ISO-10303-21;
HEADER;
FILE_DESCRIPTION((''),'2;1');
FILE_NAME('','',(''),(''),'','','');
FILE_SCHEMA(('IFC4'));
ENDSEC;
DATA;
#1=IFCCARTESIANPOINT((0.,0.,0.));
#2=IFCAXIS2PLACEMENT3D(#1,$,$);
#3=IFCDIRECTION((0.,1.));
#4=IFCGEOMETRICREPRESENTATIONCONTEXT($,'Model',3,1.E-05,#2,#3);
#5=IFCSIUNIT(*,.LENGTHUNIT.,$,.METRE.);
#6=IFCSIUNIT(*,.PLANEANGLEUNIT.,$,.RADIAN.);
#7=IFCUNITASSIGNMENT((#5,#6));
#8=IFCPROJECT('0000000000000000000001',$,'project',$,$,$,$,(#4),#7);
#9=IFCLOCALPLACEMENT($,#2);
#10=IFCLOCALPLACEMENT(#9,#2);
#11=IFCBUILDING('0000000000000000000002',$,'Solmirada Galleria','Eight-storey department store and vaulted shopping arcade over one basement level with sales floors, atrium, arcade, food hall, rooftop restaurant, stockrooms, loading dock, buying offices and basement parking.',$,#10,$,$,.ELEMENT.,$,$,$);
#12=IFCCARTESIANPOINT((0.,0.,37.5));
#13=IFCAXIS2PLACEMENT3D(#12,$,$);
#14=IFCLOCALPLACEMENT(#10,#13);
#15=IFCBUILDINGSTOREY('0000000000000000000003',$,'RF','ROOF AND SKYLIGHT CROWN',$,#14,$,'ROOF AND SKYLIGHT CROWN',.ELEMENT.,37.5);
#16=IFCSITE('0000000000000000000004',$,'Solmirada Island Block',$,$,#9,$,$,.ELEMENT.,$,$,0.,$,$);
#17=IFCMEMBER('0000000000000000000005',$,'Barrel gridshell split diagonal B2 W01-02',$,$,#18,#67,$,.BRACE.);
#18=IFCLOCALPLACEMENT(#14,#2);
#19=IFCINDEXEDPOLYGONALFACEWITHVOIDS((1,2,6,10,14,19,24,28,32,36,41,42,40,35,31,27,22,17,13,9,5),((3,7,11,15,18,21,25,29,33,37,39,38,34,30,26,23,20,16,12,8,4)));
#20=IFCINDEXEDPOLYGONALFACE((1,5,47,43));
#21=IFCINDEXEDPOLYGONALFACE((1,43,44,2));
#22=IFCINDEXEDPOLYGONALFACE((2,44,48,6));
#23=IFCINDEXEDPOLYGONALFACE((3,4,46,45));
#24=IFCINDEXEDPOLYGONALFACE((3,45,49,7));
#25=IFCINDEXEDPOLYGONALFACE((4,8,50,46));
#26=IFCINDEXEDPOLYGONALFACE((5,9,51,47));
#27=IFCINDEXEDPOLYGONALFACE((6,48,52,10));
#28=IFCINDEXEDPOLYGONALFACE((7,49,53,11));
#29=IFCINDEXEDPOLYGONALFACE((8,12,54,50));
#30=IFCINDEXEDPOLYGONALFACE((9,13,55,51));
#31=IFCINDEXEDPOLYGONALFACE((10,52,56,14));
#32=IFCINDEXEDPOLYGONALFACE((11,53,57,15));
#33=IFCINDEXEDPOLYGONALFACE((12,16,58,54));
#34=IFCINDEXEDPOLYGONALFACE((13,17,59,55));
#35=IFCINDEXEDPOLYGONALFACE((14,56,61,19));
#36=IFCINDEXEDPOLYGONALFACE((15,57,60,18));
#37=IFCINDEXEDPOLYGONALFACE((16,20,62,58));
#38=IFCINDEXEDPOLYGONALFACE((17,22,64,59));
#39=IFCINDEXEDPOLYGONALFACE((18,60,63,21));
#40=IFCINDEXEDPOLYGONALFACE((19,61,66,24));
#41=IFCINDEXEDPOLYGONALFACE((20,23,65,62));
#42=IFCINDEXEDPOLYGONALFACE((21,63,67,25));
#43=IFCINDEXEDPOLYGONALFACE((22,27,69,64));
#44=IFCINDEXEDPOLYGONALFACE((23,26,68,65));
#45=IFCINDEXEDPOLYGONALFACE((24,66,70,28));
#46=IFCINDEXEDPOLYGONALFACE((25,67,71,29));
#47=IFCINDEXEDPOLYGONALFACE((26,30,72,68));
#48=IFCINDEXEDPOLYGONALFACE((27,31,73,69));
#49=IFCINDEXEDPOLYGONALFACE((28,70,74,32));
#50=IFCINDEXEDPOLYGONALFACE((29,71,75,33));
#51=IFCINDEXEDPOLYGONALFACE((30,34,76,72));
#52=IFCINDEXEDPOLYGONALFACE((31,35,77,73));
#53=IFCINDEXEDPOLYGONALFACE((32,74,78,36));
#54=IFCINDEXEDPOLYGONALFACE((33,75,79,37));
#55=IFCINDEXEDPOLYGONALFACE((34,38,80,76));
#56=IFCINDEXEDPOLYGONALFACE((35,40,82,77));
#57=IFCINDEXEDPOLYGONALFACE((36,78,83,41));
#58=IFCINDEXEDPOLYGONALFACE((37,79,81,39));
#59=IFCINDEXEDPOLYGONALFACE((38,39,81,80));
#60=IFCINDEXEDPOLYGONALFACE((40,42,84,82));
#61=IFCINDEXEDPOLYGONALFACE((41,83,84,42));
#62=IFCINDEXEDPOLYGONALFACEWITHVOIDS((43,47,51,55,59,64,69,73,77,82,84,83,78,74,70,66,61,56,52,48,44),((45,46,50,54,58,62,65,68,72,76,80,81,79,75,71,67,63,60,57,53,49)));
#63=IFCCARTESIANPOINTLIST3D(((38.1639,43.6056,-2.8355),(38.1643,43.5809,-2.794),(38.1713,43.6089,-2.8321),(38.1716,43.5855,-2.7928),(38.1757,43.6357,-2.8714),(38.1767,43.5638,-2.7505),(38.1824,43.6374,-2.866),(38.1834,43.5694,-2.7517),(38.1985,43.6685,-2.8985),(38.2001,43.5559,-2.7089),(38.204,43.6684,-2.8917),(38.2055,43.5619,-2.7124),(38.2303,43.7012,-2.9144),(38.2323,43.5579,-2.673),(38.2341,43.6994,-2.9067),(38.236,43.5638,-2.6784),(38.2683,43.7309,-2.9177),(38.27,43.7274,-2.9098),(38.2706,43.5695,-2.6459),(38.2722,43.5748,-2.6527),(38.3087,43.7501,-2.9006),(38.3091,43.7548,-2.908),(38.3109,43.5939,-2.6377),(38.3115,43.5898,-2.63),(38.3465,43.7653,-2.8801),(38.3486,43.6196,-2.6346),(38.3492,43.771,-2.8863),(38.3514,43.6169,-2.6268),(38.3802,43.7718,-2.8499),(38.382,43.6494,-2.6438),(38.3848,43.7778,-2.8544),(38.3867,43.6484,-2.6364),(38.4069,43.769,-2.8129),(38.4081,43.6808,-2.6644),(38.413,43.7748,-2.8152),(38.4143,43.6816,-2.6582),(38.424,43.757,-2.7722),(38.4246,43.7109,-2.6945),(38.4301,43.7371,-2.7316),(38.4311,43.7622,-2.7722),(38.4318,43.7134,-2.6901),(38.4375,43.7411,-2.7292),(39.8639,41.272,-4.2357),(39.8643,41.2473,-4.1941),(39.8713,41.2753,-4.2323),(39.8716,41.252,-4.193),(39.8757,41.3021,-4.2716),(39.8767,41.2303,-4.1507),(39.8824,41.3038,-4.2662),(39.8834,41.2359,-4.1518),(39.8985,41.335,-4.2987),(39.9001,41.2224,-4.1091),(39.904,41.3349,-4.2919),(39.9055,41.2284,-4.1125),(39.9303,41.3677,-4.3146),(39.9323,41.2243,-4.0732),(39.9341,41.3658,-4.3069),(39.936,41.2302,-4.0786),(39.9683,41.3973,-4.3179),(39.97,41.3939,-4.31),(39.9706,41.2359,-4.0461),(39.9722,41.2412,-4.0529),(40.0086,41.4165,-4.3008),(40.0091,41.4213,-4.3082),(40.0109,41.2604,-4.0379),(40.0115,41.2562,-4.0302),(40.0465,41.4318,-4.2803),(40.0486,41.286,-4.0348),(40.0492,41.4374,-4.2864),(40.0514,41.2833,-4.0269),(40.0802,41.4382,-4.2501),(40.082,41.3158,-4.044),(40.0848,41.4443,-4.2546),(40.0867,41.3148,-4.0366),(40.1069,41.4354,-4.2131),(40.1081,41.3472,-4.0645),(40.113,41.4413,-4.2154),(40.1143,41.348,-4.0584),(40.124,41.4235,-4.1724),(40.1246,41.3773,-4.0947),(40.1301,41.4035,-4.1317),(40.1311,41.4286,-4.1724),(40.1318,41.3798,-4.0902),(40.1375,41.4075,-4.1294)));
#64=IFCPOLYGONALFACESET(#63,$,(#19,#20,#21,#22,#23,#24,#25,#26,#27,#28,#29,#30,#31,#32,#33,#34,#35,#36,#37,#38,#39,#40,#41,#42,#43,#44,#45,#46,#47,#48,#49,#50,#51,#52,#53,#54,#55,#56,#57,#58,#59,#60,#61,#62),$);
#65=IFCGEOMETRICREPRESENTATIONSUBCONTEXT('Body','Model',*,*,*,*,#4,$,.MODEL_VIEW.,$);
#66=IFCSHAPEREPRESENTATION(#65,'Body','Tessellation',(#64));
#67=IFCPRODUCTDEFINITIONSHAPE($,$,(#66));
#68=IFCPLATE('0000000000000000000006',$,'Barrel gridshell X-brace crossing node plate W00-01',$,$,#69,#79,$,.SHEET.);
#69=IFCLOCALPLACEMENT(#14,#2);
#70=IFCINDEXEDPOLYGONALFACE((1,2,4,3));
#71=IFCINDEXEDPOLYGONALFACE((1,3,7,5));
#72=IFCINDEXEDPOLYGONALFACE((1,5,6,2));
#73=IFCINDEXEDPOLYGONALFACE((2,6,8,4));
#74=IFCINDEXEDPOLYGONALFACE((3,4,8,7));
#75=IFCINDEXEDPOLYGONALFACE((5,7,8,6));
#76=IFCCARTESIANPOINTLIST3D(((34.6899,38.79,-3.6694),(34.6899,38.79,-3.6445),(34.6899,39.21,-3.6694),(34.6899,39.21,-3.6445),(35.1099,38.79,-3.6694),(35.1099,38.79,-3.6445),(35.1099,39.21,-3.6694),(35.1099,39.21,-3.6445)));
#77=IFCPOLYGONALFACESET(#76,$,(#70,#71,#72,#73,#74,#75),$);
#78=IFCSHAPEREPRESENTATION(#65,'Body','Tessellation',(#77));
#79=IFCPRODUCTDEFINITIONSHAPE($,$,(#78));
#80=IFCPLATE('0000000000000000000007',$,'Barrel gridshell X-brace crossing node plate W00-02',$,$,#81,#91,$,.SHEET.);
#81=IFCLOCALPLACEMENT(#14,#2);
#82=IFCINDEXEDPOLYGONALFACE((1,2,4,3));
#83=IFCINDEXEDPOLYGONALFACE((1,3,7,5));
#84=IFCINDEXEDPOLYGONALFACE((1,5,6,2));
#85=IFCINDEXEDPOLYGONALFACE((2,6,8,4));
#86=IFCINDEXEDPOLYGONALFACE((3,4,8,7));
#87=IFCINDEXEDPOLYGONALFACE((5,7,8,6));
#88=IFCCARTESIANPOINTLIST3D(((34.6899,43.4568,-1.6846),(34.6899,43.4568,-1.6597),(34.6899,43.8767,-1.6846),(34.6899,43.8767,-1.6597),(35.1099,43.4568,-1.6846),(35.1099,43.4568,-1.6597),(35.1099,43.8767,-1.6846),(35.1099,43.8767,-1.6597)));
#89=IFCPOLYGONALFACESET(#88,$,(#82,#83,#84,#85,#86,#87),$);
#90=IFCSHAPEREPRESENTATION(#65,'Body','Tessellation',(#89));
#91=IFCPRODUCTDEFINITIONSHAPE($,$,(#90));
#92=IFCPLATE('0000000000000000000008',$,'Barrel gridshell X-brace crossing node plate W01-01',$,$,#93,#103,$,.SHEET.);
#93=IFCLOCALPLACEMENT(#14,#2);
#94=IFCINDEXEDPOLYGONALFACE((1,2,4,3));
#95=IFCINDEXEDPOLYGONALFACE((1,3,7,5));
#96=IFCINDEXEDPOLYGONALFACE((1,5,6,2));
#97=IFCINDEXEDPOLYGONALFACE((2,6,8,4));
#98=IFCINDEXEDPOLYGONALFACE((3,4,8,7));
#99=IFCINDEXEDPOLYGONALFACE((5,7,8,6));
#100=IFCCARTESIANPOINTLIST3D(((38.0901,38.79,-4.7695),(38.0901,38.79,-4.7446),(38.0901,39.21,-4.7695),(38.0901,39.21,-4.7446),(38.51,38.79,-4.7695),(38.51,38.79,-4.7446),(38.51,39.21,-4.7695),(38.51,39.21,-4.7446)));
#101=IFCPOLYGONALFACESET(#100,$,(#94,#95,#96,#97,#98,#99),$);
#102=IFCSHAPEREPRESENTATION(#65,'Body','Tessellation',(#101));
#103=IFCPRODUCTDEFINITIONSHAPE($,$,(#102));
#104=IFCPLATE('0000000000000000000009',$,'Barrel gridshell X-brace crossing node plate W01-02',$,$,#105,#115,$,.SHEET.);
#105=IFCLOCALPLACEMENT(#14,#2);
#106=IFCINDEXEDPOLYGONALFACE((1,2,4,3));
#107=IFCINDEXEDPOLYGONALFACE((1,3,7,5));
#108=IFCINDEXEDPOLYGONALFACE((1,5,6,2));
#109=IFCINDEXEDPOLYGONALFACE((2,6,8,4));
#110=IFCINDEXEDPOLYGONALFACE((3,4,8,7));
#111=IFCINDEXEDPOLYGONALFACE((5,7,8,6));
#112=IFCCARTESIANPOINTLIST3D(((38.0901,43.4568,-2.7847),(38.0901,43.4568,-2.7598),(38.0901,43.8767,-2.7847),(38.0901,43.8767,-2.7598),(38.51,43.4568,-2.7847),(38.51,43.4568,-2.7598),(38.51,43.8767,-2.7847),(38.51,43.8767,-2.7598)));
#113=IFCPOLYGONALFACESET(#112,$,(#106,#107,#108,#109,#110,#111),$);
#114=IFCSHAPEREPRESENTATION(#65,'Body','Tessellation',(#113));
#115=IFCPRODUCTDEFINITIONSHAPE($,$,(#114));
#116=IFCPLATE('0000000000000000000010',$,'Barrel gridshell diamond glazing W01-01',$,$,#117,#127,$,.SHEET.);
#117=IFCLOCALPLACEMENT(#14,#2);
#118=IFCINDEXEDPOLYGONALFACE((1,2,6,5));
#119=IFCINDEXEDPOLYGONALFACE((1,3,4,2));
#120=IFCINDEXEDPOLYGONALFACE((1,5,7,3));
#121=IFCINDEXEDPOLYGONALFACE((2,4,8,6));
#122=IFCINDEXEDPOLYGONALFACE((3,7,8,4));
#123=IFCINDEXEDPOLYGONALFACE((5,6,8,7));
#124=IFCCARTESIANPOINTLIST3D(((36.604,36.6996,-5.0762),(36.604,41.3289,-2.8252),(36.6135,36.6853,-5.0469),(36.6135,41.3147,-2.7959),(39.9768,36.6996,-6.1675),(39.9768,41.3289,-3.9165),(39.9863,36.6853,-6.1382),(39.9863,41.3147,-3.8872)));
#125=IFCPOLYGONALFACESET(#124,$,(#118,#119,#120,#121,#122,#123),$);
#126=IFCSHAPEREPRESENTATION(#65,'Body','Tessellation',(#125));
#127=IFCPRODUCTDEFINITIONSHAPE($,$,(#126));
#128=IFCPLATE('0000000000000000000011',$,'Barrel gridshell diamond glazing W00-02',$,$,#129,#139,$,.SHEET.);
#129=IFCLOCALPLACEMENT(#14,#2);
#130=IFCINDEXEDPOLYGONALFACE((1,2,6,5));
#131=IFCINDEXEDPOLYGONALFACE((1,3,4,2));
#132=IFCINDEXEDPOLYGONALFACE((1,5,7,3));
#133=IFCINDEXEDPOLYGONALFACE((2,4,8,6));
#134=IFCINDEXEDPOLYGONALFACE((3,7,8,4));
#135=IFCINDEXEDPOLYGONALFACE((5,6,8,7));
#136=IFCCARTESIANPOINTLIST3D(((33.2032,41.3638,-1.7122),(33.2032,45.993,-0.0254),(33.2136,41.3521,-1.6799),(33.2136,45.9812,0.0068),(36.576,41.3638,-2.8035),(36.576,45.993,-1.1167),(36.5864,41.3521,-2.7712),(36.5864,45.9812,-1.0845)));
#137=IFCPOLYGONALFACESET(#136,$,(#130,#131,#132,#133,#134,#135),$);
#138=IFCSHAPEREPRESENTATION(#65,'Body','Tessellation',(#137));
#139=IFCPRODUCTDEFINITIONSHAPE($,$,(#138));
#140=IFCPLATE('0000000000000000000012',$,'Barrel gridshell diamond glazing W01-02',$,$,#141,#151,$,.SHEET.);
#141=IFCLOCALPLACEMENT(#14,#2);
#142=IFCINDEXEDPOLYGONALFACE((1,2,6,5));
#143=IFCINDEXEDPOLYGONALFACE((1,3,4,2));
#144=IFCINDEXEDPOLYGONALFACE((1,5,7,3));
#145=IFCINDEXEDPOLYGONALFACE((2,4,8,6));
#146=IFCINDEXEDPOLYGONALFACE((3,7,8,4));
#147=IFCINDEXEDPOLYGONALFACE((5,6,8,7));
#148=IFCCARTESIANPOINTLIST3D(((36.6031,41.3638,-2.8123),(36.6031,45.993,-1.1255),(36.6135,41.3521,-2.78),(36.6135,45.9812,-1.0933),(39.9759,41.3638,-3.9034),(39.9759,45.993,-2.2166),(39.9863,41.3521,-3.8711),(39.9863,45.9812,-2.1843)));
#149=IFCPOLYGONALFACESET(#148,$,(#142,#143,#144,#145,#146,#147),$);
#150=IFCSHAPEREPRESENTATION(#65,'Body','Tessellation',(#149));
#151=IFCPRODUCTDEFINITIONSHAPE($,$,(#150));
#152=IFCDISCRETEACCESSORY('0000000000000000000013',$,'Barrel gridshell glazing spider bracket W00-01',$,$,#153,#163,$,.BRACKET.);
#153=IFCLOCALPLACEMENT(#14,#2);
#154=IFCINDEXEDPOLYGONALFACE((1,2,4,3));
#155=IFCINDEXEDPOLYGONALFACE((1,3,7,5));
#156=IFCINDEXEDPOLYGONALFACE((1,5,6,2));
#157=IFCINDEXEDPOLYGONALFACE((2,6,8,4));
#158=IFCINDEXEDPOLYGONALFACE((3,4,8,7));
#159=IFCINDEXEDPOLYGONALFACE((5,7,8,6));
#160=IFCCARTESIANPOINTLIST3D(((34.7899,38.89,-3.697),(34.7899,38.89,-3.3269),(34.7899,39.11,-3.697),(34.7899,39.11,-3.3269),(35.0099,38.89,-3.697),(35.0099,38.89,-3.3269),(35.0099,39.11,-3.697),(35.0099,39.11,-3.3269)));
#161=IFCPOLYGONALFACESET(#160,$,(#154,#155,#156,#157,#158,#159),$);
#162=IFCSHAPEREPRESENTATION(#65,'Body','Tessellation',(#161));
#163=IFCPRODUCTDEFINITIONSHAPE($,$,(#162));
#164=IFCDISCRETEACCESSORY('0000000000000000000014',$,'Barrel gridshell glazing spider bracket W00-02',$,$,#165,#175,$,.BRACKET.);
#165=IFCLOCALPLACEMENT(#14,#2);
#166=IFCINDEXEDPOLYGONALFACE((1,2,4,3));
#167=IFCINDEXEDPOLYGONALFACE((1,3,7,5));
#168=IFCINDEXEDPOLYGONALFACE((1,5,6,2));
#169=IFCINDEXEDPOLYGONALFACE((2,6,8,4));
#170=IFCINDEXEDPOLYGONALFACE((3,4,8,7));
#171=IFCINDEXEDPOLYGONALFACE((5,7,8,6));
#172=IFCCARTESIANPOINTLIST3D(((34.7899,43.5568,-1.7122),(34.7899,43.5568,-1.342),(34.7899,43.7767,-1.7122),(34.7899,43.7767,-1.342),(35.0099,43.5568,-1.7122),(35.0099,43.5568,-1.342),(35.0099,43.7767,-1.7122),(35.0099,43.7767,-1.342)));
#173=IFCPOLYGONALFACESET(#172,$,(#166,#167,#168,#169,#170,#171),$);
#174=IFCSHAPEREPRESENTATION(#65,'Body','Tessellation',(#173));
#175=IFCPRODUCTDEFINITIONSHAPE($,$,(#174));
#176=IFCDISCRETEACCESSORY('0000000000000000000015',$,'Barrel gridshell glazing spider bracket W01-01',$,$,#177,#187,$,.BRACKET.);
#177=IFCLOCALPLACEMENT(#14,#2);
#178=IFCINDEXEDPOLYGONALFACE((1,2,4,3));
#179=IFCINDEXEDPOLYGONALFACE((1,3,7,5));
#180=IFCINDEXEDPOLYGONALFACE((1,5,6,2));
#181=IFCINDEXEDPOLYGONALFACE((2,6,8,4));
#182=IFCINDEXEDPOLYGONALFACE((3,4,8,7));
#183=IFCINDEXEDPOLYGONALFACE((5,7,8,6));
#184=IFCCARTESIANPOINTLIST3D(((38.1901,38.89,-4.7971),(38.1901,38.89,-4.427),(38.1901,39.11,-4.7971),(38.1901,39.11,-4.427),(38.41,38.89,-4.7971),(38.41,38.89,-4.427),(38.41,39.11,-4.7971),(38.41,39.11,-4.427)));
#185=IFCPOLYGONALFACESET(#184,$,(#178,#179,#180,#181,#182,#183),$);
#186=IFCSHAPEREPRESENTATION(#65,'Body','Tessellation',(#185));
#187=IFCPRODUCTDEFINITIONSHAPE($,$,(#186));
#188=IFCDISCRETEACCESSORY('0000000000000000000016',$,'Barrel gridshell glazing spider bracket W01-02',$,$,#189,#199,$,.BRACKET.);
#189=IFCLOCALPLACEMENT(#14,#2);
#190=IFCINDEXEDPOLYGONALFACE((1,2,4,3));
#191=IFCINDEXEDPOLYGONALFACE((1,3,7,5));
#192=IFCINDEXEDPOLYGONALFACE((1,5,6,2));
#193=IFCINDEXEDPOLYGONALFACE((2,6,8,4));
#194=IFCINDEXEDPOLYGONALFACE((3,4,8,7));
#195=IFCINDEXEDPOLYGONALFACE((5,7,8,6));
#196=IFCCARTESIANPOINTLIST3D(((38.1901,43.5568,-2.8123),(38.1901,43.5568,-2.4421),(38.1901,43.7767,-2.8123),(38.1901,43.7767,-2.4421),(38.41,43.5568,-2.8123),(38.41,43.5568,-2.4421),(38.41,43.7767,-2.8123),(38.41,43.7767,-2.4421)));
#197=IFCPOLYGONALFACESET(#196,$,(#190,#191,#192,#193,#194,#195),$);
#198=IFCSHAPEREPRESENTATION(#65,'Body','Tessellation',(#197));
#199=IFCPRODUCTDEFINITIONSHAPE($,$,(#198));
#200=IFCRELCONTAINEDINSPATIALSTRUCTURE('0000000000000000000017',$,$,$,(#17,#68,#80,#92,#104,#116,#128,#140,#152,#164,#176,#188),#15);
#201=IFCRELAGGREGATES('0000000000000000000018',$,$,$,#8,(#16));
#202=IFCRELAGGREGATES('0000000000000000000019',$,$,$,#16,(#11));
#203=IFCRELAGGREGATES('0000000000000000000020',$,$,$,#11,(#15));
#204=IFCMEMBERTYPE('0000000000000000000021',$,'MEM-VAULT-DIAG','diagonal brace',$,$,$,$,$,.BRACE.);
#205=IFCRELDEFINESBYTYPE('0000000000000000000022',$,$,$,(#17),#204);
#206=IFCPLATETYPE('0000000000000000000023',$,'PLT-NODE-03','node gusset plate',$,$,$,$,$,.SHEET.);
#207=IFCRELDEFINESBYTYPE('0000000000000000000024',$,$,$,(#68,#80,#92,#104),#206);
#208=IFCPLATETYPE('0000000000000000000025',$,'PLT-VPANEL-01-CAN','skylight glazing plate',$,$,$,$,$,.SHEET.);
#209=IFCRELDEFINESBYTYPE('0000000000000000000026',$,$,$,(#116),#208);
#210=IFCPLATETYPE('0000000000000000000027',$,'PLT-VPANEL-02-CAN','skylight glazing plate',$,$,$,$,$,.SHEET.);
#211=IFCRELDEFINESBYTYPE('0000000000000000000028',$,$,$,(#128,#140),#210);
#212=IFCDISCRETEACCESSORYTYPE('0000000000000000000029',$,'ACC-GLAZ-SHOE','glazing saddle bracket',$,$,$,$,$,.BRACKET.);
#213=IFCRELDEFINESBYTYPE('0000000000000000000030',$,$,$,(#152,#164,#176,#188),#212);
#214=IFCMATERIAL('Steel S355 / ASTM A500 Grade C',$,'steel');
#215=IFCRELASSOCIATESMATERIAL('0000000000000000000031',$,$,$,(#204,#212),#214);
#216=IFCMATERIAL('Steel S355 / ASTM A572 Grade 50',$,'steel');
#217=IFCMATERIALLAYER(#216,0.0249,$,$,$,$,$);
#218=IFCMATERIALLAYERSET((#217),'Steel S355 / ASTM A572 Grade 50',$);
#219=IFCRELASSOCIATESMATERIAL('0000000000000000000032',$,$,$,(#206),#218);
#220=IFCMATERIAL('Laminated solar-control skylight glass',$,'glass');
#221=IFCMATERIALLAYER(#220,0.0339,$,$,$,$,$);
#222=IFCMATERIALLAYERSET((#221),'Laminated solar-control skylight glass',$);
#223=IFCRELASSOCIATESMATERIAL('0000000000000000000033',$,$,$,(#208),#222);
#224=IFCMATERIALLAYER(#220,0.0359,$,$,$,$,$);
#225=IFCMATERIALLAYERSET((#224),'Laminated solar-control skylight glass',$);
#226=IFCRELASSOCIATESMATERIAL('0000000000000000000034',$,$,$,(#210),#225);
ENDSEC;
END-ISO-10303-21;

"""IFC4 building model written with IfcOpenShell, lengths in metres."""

from ifc_helpers import new_model, si_unit, direction, frame, origin, origin_2d, place, context, subcontext, project, spatial, polyline, rectangle, hollow_circle, outline, extrude, material, layer, layer_set, material_profile, profile_set, type_object, element, save


model = new_model("IFC4")

# Units and contexts
model_context = context("Model", 3, precision=1e-05, world=origin(), true_north=direction((0.0, 1.0)))
body_context = subcontext(model_context, "Body", "Model", "MODEL_VIEW")
ifc_project = project(units=[si_unit("LENGTHUNIT", "METRE"), si_unit("PLANEANGLEUNIT", "RADIAN")], contexts=[model_context])

# Site, building, storey
site_placement = place(None, origin())
site = spatial("IfcSite", under=ifc_project, at=site_placement, Name="Solmirada Island Block", CompositionType="ELEMENT", RefElevation=0.0)
building_placement = place(site_placement, origin())
building = spatial("IfcBuilding", under=site, at=building_placement, Name="Solmirada Galleria", Description="Eight-storey department store and vaulted shopping arcade over one basement level with sales floors, atrium, arcade, food hall, rooftop restaurant, stockrooms, loading dock, buying offices and basement parking.", CompositionType="ELEMENT")
storey_placement = place(building_placement, frame((0.0, 0.0, 37.5)))
storey = spatial("IfcBuildingStorey", under=building, at=storey_placement, Name="RF", Description="ROOF AND SKYLIGHT CROWN", LongName="ROOF AND SKYLIGHT CROWN", CompositionType="ELEMENT", Elevation=37.5)

# Member
ifc_material_1 = material(Name="Steel S355 / ASTM A500 Grade C", Category="steel")
ifc_material_profile_1 = material_profile(ifc_material_1, hollow_circle(Radius=0.1621, WallThickness=0.0088, at=origin_2d()), Name="HSS12.750X0.375")
ifc_profile_set_1 = profile_set([ifc_material_profile_1], Name="Steel S355 / ASTM A500 Grade C")
member_type_1 = type_object("IfcMemberType", Name="MEM-VAULT-DIAG", Description="diagonal brace", PredefinedType="BRACE", material=ifc_profile_set_1)
member_1_placement = place(storey_placement, frame((38.3, 43.6667, -2.7722), z_axis=(0.529802, -0.727251, -0.436366), x_axis=(0.808264, 0.58882, 0.0)))
element("IfcMember", 1, at=member_1_placement, inside=storey, type_object=member_type_1, Name="Barrel gridshell split diagonal B2 W01-02", PredefinedType="BRACE", context=body_context, shape_type="SweptSolid", body=[
    extrude(hollow_circle(Radius=0.1621, WallThickness=0.0088, at=origin_2d()), origin(), (0.0, 0.0, 1.0), 3.2087),
])

# Plates
ifc_material_2 = material(Name="Steel S355 / ASTM A572 Grade 50", Category="steel")
ifc_layer_1 = layer(ifc_material_2, 0.0249)
ifc_layer_set_1 = layer_set([ifc_layer_1], Name="Steel S355 / ASTM A572 Grade 50")
plate_type_1 = type_object("IfcPlateType", Name="PLT-NODE-03", Description="node gusset plate", PredefinedType="SHEET", material=ifc_layer_set_1)
for number, where, z_axis, x_axis, name in (
    (2, (34.8999, 39.0, -3.6694), (0.0, 0.0, 1.0), (1.0, 0.0, 0.0), "Barrel gridshell X-brace crossing node plate W00-01"),
    (3, (34.8999, 43.6667, -1.6846), (0.0, 0.0, 1.0), (1.0, 0.0, 0.0), "Barrel gridshell X-brace crossing node plate W00-02"),
    (4, (38.3, 39.0, -4.7695), (0.0, 0.0, 1.0), (1.0, 0.0, 0.0), "Barrel gridshell X-brace crossing node plate W01-01"),
    (5, (38.3, 43.6667, -2.7847), (0.0, 0.0, 1.0), (1.0, 0.0, 0.0), "Barrel gridshell X-brace crossing node plate W01-02"),
):
    element("IfcPlate", number, at=place(storey_placement, frame(where, z_axis=z_axis, x_axis=x_axis)), inside=storey, type_object=plate_type_1, Name=name, PredefinedType="SHEET", context=body_context, shape_type="SweptSolid", body=[
        extrude(rectangle(XDim=0.4199, YDim=0.4199, at=origin_2d()), origin(), (0.0, 0.0, 1.0), 0.0249),
    ])
ifc_material_3 = material(Name="Laminated solar-control skylight glass", Category="glass")
ifc_layer_2 = layer(ifc_material_3, 0.0339)
ifc_layer_set_2 = layer_set([ifc_layer_2], Name="Laminated solar-control skylight glass")
plate_type_2 = type_object("IfcPlateType", Name="PLT-VPANEL-01-CAN", Description="skylight glazing plate", PredefinedType="SHEET", material=ifc_layer_set_2)
plate_1_placement = place(storey_placement, frame((36.6135, 36.6853, -5.0469), z_axis=(0.279398, -0.419869, 0.863509), x_axis=(0.951436, 0.0, -0.307848)))
element("IfcPlate", 6, at=plate_1_placement, inside=storey, type_object=plate_type_2, Name="Barrel gridshell diamond glazing W01-01", PredefinedType="SHEET", context=body_context, shape_type="SweptSolid", body=[
    extrude(outline(polyline([(0.0, 0.0), (3.545, 0.0), (2.852, 5.1008), (-0.693, 5.1008), (0.0, 0.0)])), origin(), (0.0, 0.0, -1.0), 0.0339),
])
ifc_layer_3 = layer(ifc_material_3, 0.0359)
ifc_layer_set_3 = layer_set([ifc_layer_3], Name="Laminated solar-control skylight glass")
plate_type_3 = type_object("IfcPlateType", Name="PLT-VPANEL-02-CAN", Description="skylight glazing plate", PredefinedType="SHEET", material=ifc_layer_set_3)
plate_2_placement = place(storey_placement, frame((33.2136, 41.3521, -1.6799), z_axis=(0.290864, -0.327558, 0.898946), x_axis=(0.951436, 0.0, -0.307848)))
element("IfcPlate", 7, at=plate_2_placement, inside=storey, type_object=plate_type_3, Name="Barrel gridshell diamond glazing W00-02", PredefinedType="SHEET", context=body_context, shape_type="SweptSolid", body=[
    extrude(outline(polyline([(0.0, 0.0), (3.545, 0.0), (3.0257, 4.8994), (-0.5193, 4.8994), (0.0, 0.0)])), origin(), (0.0, 0.0, -1.0), 0.0359),
])
plate_3_placement = place(storey_placement, frame((36.6135, 41.3521, -2.78), z_axis=(0.290805, -0.327564, 0.898963), x_axis=(0.951456, 0.0, -0.307785)))
element("IfcPlate", 8, at=plate_3_placement, inside=storey, type_object=plate_type_3, Name="Barrel gridshell diamond glazing W01-02", PredefinedType="SHEET", context=body_context, shape_type="SweptSolid", body=[
    extrude(outline(polyline([(0.0, 0.0), (3.5449, 0.0), (3.0257, 4.8995), (-0.5192, 4.8995), (0.0, 0.0)])), origin(), (0.0, 0.0, -1.0), 0.0359),
])

# Discrete accessories
discrete_accessory_type = type_object("IfcDiscreteAccessoryType", Name="ACC-GLAZ-SHOE", Description="glazing saddle bracket", PredefinedType="BRACKET", material=ifc_material_1)
for number, where, z_axis, x_axis, name in (
    (9, (34.8999, 39.0, -3.697), (0.0, 0.0, 1.0), (1.0, 0.0, 0.0), "Barrel gridshell glazing spider bracket W00-01"),
    (10, (34.8999, 43.6667, -1.7122), (0.0, 0.0, 1.0), (1.0, 0.0, 0.0), "Barrel gridshell glazing spider bracket W00-02"),
    (11, (38.3, 39.0, -4.7971), (0.0, 0.0, 1.0), (1.0, 0.0, 0.0), "Barrel gridshell glazing spider bracket W01-01"),
    (12, (38.3, 43.6667, -2.8123), (0.0, 0.0, 1.0), (1.0, 0.0, 0.0), "Barrel gridshell glazing spider bracket W01-02"),
):
    element("IfcDiscreteAccessory", number, at=place(storey_placement, frame(where, z_axis=z_axis, x_axis=x_axis)), inside=storey, type_object=discrete_accessory_type, Name=name, PredefinedType="BRACKET", context=body_context, shape_type="SweptSolid", body=[
        extrude(rectangle(XDim=0.22, YDim=0.22, at=origin_2d()), origin(), (0.0, 0.0, 1.0), 0.3701),
    ])

save(model, "model.ifc")
